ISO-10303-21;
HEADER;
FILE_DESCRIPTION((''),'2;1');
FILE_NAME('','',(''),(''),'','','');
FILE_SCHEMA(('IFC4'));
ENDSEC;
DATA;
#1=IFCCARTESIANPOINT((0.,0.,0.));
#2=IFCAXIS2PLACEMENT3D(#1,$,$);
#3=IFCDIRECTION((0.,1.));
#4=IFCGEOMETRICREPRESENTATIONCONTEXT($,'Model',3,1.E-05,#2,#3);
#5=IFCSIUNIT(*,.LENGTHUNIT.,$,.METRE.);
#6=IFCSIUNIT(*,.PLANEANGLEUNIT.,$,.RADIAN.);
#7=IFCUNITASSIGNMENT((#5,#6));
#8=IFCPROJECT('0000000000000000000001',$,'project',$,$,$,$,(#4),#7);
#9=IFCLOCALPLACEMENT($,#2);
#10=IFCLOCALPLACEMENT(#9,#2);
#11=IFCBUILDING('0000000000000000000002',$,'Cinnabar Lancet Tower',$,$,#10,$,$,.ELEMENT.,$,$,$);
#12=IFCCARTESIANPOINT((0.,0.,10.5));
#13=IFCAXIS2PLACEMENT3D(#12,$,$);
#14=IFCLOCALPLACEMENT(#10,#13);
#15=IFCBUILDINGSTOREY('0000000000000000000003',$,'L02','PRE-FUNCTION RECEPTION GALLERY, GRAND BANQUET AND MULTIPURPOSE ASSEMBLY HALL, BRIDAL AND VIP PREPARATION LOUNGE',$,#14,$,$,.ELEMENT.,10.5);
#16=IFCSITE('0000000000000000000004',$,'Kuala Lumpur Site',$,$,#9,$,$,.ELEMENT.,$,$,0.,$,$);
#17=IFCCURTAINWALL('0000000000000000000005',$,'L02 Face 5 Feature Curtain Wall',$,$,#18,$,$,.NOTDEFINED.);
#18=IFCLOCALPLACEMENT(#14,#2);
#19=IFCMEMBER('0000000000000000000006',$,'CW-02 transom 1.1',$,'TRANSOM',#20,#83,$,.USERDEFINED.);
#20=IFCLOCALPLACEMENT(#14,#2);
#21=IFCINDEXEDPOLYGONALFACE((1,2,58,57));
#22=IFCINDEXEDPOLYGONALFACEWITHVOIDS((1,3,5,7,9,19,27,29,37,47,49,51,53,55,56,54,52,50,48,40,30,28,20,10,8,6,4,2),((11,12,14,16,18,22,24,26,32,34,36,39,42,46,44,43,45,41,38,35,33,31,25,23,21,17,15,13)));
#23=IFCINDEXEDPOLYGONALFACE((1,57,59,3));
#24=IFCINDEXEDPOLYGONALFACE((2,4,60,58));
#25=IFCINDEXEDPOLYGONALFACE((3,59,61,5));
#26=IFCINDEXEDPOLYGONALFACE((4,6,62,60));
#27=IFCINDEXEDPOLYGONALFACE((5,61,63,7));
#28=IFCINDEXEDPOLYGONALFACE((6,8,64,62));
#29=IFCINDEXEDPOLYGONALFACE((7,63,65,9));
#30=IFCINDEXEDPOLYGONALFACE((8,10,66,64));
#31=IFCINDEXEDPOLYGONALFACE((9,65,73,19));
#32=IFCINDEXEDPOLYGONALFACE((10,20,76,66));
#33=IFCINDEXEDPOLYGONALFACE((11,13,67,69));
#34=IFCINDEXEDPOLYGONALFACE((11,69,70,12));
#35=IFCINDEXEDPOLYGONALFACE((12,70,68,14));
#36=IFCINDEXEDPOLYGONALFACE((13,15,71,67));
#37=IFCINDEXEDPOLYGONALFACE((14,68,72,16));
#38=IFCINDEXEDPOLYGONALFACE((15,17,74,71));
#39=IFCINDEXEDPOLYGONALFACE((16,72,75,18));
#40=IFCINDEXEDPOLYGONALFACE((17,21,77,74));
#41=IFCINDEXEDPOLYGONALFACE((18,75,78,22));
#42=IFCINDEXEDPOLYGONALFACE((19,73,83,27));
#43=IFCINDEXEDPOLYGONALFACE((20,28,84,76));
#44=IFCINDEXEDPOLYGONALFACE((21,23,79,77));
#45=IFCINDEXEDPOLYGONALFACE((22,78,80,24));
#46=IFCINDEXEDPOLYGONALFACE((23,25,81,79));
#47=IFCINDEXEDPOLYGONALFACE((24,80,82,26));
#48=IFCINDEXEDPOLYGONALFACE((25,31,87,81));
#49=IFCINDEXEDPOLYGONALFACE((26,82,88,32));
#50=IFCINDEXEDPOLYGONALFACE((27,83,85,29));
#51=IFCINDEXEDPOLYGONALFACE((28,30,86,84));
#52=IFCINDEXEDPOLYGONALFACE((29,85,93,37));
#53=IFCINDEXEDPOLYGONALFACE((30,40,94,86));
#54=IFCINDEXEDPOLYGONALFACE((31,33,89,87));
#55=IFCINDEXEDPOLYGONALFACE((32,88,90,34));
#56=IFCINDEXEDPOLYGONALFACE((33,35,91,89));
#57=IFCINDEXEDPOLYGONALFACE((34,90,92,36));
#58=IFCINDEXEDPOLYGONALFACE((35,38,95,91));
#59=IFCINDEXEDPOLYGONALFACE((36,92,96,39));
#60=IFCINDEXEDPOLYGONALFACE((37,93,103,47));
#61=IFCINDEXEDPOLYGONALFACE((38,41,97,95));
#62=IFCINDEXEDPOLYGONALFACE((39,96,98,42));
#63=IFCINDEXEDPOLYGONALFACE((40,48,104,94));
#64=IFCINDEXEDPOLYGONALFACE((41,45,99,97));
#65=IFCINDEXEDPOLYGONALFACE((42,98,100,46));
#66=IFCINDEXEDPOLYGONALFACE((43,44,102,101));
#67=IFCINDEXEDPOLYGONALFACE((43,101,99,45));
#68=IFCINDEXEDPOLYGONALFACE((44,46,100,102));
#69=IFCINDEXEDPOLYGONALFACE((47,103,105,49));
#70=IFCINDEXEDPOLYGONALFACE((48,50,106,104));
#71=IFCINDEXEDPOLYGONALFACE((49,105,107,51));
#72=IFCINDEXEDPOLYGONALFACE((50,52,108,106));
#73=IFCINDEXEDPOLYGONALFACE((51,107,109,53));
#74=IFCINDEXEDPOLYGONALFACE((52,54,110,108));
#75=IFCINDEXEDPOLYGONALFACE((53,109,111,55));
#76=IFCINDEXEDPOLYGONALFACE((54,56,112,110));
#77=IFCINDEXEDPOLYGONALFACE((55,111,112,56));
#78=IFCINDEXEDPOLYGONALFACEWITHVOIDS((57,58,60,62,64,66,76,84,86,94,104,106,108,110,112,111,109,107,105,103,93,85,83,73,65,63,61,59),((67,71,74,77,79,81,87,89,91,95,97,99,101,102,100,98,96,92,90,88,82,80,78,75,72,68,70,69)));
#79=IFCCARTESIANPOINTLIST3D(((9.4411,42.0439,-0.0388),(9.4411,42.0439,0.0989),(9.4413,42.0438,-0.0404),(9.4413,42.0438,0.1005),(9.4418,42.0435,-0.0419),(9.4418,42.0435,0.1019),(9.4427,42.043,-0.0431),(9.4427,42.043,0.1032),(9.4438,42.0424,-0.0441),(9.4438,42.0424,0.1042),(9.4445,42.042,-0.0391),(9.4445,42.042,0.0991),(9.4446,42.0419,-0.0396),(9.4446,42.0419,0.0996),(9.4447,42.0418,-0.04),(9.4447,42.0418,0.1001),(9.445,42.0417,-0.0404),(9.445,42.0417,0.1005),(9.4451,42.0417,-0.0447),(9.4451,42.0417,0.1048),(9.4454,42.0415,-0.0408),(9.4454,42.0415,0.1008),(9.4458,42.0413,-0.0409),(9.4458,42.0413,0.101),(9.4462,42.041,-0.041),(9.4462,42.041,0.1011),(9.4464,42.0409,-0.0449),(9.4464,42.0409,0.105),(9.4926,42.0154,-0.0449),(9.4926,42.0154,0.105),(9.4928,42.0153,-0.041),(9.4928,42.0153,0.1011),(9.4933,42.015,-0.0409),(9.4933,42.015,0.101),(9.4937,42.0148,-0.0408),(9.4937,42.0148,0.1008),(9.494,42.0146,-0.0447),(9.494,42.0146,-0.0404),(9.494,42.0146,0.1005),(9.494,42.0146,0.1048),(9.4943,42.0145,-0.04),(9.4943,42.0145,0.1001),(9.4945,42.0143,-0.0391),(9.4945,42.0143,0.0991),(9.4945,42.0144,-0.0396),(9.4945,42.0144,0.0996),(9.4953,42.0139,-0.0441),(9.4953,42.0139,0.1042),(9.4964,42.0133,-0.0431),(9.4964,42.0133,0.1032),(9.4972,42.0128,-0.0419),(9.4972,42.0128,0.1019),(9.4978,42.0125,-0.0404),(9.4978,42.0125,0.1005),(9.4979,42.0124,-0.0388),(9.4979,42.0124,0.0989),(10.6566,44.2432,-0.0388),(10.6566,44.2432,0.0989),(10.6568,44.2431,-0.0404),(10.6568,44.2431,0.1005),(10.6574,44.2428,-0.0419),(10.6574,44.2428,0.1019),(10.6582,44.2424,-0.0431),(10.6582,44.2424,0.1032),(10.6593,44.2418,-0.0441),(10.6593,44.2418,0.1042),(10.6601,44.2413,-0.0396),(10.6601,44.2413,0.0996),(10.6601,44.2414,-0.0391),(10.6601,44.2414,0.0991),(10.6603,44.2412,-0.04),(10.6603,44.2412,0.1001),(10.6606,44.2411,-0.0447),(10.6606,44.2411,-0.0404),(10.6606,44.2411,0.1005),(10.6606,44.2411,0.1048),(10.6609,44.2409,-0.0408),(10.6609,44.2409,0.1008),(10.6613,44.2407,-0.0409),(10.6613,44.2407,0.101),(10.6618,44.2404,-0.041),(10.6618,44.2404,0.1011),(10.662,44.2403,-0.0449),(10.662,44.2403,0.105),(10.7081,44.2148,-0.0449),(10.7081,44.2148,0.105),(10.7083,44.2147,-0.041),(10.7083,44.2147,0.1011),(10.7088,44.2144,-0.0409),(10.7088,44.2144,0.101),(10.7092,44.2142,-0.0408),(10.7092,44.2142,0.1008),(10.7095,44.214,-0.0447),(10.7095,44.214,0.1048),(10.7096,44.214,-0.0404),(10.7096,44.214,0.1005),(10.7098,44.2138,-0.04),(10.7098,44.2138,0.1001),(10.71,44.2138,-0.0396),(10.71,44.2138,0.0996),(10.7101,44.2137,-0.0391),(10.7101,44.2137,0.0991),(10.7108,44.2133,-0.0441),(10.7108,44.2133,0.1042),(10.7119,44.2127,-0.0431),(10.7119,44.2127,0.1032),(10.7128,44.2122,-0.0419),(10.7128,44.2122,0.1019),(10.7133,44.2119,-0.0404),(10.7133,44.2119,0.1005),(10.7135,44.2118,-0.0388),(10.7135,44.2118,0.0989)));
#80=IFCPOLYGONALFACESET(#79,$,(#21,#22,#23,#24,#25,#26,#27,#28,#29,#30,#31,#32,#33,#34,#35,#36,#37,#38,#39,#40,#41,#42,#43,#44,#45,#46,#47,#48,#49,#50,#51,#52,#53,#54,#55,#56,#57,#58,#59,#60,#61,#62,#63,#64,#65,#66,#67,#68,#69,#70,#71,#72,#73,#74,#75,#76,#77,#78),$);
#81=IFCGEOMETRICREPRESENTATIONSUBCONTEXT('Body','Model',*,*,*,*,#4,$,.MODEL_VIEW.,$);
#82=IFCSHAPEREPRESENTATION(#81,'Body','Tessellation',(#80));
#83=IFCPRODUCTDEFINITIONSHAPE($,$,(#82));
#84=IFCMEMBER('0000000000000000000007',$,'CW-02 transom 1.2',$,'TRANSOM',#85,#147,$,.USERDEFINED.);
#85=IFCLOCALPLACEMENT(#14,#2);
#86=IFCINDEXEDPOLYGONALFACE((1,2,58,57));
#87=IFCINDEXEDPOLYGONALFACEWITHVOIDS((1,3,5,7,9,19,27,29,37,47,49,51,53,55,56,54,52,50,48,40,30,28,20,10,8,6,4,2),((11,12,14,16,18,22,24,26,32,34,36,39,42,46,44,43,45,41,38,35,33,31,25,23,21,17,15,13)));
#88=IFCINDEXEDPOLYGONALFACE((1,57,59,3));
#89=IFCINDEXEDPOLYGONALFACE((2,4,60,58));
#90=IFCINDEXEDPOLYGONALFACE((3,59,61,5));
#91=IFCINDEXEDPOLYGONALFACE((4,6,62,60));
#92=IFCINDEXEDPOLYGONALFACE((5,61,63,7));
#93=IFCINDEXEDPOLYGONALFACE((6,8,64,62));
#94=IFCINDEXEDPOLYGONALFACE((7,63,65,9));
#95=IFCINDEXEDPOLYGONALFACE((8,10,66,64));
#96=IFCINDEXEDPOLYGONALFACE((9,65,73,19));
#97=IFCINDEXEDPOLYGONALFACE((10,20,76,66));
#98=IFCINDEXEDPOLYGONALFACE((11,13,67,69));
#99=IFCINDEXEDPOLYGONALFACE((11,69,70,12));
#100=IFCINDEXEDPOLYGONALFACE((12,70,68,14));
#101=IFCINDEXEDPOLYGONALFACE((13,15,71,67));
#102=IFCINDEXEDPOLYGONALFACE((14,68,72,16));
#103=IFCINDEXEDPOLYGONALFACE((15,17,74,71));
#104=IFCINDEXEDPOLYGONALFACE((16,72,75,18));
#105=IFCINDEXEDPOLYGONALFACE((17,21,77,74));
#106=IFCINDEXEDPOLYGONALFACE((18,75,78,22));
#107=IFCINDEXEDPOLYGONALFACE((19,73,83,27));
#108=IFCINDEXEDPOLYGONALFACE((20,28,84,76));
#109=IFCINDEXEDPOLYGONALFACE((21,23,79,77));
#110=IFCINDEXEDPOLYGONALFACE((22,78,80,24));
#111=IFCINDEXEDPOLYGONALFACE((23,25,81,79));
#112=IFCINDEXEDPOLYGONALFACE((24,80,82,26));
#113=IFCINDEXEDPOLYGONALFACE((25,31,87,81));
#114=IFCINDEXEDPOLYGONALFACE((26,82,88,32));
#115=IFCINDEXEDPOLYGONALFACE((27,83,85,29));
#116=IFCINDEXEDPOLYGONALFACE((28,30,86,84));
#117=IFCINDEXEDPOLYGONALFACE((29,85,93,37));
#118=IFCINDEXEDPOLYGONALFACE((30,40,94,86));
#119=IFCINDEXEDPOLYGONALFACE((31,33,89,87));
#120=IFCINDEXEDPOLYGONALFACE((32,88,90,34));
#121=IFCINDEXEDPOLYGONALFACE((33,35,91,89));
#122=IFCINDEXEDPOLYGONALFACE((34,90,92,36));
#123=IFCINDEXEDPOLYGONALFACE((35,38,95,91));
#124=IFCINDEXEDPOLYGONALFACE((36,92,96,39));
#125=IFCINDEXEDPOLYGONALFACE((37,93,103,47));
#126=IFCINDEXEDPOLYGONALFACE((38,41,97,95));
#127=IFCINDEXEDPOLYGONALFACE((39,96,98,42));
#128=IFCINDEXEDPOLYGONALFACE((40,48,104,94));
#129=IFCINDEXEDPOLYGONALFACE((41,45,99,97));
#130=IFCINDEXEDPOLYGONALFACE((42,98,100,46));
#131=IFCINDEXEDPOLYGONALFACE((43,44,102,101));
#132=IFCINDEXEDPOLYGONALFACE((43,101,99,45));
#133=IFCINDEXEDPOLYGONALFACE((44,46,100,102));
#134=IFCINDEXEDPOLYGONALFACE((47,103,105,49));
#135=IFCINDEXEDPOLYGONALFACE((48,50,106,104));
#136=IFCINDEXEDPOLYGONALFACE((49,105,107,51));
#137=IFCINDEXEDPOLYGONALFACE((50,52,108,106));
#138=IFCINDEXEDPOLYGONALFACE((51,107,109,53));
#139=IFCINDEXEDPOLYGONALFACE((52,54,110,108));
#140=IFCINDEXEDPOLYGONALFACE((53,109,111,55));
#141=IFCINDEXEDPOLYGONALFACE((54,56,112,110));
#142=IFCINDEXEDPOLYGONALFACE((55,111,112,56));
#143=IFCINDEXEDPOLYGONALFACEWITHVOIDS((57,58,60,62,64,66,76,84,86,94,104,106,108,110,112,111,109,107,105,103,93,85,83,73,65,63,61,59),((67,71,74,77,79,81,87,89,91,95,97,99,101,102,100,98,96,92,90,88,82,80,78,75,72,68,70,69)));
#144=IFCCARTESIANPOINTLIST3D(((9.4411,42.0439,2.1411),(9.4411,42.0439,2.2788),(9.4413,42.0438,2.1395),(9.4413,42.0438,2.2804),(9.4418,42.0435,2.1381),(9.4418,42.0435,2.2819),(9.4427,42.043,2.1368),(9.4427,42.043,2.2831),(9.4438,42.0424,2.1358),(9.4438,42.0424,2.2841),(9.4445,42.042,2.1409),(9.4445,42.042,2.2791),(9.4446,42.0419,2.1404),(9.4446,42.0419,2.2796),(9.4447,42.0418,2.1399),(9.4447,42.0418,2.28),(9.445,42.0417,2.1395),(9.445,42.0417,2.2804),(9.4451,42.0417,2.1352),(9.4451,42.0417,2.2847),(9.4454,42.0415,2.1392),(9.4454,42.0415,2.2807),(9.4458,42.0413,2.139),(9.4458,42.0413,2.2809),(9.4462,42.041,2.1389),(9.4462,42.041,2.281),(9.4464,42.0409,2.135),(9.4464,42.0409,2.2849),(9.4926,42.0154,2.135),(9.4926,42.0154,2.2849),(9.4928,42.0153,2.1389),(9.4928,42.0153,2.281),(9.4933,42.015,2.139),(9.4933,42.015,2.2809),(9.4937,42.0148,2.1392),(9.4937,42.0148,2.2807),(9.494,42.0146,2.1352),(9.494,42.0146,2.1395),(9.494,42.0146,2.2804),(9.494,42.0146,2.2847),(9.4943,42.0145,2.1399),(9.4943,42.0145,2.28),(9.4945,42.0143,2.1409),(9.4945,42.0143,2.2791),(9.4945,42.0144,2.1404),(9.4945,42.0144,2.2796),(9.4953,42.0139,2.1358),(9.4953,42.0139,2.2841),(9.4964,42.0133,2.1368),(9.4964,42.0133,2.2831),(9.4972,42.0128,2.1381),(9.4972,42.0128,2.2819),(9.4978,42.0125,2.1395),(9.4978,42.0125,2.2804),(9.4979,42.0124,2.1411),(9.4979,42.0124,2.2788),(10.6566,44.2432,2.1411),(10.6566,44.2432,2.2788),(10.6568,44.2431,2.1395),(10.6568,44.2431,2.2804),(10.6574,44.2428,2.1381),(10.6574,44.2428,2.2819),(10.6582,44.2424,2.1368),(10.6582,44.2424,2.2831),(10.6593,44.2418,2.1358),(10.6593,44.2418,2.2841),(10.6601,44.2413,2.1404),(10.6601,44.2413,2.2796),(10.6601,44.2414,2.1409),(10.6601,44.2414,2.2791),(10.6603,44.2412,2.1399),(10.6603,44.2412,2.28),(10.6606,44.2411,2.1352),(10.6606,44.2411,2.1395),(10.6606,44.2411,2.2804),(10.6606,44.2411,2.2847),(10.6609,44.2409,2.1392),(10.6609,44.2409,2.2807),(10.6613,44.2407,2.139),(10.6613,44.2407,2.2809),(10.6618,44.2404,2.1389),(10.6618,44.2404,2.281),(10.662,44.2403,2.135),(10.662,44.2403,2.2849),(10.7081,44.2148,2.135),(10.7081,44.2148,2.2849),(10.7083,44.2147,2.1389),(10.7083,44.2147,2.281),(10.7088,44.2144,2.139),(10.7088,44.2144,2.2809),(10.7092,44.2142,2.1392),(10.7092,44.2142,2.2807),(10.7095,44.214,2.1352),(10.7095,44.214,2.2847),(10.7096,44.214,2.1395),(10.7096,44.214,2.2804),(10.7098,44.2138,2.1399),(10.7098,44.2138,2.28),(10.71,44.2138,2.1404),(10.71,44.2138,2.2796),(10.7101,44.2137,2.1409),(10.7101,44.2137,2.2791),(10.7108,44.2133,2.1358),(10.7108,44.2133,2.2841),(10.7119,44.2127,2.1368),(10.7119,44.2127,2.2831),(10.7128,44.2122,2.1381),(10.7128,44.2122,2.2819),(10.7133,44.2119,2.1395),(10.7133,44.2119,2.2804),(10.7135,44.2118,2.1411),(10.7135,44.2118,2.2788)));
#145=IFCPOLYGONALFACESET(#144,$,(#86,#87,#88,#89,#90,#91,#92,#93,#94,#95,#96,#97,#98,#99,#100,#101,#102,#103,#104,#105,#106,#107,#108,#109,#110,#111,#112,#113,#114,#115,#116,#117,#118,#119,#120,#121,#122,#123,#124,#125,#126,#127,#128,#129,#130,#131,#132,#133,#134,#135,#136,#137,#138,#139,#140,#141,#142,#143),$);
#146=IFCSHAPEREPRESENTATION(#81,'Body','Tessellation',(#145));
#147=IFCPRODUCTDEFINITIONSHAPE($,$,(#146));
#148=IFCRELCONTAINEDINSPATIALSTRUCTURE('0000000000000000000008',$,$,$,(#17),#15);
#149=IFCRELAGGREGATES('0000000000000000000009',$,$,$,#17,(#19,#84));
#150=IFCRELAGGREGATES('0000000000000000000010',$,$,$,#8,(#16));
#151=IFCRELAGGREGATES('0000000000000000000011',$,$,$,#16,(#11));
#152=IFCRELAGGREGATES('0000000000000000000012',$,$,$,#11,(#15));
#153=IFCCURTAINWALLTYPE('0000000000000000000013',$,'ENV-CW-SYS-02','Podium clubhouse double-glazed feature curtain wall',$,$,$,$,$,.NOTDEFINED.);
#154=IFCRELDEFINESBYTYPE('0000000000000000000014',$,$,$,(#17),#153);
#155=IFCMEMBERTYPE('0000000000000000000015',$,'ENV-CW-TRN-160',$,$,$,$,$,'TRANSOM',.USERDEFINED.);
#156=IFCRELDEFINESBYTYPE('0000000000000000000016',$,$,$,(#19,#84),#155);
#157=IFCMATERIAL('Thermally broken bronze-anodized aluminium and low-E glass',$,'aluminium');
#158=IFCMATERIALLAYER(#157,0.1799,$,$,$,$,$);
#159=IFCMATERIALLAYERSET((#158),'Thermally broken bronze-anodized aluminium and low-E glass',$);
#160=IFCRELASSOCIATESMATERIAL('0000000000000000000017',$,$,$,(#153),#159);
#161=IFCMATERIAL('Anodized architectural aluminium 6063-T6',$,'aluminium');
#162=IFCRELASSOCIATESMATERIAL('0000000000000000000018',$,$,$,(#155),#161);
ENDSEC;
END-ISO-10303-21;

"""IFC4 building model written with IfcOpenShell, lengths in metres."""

from ifc_helpers import new_model, si_unit, direction, frame, origin, origin_2d, place, context, subcontext, project, spatial, hollow_rectangle, extrude, material, layer, layer_set, material_profile, profile_set, type_object, element, aggregate, save


model = new_model("IFC4")

# Units and contexts
model_context = context("Model", 3, precision=1e-05, world=origin(), true_north=direction((0.0, 1.0)))
body_context = subcontext(model_context, "Body", "Model", "MODEL_VIEW")
ifc_project = project(units=[si_unit("LENGTHUNIT", "METRE"), si_unit("PLANEANGLEUNIT", "RADIAN")], contexts=[model_context])

# Site, building, storey
site_placement = place(None, origin())
site = spatial("IfcSite", under=ifc_project, at=site_placement, Name="Kuala Lumpur Site", CompositionType="ELEMENT", RefElevation=0.0)
building_placement = place(site_placement, origin())
building = spatial("IfcBuilding", under=site, at=building_placement, Name="Cinnabar Lancet Tower", CompositionType="ELEMENT")
storey_placement = place(building_placement, frame((0.0, 0.0, 10.5)))
storey = spatial("IfcBuildingStorey", under=building, at=storey_placement, Name="L02", Description="PRE-FUNCTION RECEPTION GALLERY, GRAND BANQUET AND MULTIPURPOSE ASSEMBLY HALL, BRIDAL AND VIP PREPARATION LOUNGE", CompositionType="ELEMENT", Elevation=10.5)

# Curtain wall, members
ifc_material_1 = material(Name="Thermally broken bronze-anodized aluminium and low-E glass", Category="aluminium")
ifc_layer_1 = layer(ifc_material_1, 0.1799)
ifc_layer_set_1 = layer_set([ifc_layer_1], Name="Thermally broken bronze-anodized aluminium and low-E glass")
curtain_wall_type = type_object("IfcCurtainWallType", Name="ENV-CW-SYS-02", Description="Podium clubhouse double-glazed feature curtain wall", PredefinedType="NOTDEFINED", material=ifc_layer_set_1)
curtain_wall_placement = place(storey_placement, origin())
curtain_wall = element("IfcCurtainWall", 1, at=curtain_wall_placement, inside=storey, type_object=curtain_wall_type, Name="L02 Face 5 Feature Curtain Wall", PredefinedType="NOTDEFINED")
ifc_material_2 = material(Name="Anodized architectural aluminium 6063-T6", Category="aluminium")
ifc_material_profile_1 = material_profile(ifc_material_2, hollow_rectangle(XDim=0.0649, YDim=0.1499, WallThickness=0.0039, InnerFilletRadius=0.002, OuterFilletRadius=0.0061, at=origin_2d()), Name="CW-TRN 150x65x4")
ifc_profile_set_1 = profile_set([ifc_material_profile_1], Name="Anodized architectural aluminium 6063-T6")
member_type_1 = type_object("IfcMemberType", Name="ENV-CW-TRN-160", ElementType="TRANSOM", PredefinedType="USERDEFINED", material=ifc_profile_set_1)
member_1_placement = place(storey_placement, frame((10.6851, 44.2275, 0.03), z_axis=(-0.483712, -0.875227, 0.0), x_axis=(0.875227, -0.483712, 0.0)))
member_1 = element("IfcMember", 2, at=member_1_placement, type_object=member_type_1, Name="CW-02 transom 1.1", ObjectType="TRANSOM", PredefinedType="USERDEFINED", context=body_context, shape_type="SweptSolid", body=[
    extrude(hollow_rectangle(XDim=0.0649, YDim=0.1499, WallThickness=0.0039, InnerFilletRadius=0.002, OuterFilletRadius=0.0061, at=origin_2d()), origin(), (0.0, 0.0, 1.0), 2.5129),
])
member_2_placement = place(storey_placement, frame((10.6851, 44.2275, 2.21), z_axis=(-0.483712, -0.875227, 0.0), x_axis=(0.875227, -0.483712, 0.0)))
member_2 = element("IfcMember", 3, at=member_2_placement, type_object=member_type_1, Name="CW-02 transom 1.2", ObjectType="TRANSOM", PredefinedType="USERDEFINED", context=body_context, shape_type="SweptSolid", body=[
    extrude(hollow_rectangle(XDim=0.0649, YDim=0.1499, WallThickness=0.0039, InnerFilletRadius=0.002, OuterFilletRadius=0.0061, at=origin_2d()), origin(), (0.0, 0.0, 1.0), 2.5129),
])

aggregate(curtain_wall, [member_1, member_2])

save(model, "model.ifc")
